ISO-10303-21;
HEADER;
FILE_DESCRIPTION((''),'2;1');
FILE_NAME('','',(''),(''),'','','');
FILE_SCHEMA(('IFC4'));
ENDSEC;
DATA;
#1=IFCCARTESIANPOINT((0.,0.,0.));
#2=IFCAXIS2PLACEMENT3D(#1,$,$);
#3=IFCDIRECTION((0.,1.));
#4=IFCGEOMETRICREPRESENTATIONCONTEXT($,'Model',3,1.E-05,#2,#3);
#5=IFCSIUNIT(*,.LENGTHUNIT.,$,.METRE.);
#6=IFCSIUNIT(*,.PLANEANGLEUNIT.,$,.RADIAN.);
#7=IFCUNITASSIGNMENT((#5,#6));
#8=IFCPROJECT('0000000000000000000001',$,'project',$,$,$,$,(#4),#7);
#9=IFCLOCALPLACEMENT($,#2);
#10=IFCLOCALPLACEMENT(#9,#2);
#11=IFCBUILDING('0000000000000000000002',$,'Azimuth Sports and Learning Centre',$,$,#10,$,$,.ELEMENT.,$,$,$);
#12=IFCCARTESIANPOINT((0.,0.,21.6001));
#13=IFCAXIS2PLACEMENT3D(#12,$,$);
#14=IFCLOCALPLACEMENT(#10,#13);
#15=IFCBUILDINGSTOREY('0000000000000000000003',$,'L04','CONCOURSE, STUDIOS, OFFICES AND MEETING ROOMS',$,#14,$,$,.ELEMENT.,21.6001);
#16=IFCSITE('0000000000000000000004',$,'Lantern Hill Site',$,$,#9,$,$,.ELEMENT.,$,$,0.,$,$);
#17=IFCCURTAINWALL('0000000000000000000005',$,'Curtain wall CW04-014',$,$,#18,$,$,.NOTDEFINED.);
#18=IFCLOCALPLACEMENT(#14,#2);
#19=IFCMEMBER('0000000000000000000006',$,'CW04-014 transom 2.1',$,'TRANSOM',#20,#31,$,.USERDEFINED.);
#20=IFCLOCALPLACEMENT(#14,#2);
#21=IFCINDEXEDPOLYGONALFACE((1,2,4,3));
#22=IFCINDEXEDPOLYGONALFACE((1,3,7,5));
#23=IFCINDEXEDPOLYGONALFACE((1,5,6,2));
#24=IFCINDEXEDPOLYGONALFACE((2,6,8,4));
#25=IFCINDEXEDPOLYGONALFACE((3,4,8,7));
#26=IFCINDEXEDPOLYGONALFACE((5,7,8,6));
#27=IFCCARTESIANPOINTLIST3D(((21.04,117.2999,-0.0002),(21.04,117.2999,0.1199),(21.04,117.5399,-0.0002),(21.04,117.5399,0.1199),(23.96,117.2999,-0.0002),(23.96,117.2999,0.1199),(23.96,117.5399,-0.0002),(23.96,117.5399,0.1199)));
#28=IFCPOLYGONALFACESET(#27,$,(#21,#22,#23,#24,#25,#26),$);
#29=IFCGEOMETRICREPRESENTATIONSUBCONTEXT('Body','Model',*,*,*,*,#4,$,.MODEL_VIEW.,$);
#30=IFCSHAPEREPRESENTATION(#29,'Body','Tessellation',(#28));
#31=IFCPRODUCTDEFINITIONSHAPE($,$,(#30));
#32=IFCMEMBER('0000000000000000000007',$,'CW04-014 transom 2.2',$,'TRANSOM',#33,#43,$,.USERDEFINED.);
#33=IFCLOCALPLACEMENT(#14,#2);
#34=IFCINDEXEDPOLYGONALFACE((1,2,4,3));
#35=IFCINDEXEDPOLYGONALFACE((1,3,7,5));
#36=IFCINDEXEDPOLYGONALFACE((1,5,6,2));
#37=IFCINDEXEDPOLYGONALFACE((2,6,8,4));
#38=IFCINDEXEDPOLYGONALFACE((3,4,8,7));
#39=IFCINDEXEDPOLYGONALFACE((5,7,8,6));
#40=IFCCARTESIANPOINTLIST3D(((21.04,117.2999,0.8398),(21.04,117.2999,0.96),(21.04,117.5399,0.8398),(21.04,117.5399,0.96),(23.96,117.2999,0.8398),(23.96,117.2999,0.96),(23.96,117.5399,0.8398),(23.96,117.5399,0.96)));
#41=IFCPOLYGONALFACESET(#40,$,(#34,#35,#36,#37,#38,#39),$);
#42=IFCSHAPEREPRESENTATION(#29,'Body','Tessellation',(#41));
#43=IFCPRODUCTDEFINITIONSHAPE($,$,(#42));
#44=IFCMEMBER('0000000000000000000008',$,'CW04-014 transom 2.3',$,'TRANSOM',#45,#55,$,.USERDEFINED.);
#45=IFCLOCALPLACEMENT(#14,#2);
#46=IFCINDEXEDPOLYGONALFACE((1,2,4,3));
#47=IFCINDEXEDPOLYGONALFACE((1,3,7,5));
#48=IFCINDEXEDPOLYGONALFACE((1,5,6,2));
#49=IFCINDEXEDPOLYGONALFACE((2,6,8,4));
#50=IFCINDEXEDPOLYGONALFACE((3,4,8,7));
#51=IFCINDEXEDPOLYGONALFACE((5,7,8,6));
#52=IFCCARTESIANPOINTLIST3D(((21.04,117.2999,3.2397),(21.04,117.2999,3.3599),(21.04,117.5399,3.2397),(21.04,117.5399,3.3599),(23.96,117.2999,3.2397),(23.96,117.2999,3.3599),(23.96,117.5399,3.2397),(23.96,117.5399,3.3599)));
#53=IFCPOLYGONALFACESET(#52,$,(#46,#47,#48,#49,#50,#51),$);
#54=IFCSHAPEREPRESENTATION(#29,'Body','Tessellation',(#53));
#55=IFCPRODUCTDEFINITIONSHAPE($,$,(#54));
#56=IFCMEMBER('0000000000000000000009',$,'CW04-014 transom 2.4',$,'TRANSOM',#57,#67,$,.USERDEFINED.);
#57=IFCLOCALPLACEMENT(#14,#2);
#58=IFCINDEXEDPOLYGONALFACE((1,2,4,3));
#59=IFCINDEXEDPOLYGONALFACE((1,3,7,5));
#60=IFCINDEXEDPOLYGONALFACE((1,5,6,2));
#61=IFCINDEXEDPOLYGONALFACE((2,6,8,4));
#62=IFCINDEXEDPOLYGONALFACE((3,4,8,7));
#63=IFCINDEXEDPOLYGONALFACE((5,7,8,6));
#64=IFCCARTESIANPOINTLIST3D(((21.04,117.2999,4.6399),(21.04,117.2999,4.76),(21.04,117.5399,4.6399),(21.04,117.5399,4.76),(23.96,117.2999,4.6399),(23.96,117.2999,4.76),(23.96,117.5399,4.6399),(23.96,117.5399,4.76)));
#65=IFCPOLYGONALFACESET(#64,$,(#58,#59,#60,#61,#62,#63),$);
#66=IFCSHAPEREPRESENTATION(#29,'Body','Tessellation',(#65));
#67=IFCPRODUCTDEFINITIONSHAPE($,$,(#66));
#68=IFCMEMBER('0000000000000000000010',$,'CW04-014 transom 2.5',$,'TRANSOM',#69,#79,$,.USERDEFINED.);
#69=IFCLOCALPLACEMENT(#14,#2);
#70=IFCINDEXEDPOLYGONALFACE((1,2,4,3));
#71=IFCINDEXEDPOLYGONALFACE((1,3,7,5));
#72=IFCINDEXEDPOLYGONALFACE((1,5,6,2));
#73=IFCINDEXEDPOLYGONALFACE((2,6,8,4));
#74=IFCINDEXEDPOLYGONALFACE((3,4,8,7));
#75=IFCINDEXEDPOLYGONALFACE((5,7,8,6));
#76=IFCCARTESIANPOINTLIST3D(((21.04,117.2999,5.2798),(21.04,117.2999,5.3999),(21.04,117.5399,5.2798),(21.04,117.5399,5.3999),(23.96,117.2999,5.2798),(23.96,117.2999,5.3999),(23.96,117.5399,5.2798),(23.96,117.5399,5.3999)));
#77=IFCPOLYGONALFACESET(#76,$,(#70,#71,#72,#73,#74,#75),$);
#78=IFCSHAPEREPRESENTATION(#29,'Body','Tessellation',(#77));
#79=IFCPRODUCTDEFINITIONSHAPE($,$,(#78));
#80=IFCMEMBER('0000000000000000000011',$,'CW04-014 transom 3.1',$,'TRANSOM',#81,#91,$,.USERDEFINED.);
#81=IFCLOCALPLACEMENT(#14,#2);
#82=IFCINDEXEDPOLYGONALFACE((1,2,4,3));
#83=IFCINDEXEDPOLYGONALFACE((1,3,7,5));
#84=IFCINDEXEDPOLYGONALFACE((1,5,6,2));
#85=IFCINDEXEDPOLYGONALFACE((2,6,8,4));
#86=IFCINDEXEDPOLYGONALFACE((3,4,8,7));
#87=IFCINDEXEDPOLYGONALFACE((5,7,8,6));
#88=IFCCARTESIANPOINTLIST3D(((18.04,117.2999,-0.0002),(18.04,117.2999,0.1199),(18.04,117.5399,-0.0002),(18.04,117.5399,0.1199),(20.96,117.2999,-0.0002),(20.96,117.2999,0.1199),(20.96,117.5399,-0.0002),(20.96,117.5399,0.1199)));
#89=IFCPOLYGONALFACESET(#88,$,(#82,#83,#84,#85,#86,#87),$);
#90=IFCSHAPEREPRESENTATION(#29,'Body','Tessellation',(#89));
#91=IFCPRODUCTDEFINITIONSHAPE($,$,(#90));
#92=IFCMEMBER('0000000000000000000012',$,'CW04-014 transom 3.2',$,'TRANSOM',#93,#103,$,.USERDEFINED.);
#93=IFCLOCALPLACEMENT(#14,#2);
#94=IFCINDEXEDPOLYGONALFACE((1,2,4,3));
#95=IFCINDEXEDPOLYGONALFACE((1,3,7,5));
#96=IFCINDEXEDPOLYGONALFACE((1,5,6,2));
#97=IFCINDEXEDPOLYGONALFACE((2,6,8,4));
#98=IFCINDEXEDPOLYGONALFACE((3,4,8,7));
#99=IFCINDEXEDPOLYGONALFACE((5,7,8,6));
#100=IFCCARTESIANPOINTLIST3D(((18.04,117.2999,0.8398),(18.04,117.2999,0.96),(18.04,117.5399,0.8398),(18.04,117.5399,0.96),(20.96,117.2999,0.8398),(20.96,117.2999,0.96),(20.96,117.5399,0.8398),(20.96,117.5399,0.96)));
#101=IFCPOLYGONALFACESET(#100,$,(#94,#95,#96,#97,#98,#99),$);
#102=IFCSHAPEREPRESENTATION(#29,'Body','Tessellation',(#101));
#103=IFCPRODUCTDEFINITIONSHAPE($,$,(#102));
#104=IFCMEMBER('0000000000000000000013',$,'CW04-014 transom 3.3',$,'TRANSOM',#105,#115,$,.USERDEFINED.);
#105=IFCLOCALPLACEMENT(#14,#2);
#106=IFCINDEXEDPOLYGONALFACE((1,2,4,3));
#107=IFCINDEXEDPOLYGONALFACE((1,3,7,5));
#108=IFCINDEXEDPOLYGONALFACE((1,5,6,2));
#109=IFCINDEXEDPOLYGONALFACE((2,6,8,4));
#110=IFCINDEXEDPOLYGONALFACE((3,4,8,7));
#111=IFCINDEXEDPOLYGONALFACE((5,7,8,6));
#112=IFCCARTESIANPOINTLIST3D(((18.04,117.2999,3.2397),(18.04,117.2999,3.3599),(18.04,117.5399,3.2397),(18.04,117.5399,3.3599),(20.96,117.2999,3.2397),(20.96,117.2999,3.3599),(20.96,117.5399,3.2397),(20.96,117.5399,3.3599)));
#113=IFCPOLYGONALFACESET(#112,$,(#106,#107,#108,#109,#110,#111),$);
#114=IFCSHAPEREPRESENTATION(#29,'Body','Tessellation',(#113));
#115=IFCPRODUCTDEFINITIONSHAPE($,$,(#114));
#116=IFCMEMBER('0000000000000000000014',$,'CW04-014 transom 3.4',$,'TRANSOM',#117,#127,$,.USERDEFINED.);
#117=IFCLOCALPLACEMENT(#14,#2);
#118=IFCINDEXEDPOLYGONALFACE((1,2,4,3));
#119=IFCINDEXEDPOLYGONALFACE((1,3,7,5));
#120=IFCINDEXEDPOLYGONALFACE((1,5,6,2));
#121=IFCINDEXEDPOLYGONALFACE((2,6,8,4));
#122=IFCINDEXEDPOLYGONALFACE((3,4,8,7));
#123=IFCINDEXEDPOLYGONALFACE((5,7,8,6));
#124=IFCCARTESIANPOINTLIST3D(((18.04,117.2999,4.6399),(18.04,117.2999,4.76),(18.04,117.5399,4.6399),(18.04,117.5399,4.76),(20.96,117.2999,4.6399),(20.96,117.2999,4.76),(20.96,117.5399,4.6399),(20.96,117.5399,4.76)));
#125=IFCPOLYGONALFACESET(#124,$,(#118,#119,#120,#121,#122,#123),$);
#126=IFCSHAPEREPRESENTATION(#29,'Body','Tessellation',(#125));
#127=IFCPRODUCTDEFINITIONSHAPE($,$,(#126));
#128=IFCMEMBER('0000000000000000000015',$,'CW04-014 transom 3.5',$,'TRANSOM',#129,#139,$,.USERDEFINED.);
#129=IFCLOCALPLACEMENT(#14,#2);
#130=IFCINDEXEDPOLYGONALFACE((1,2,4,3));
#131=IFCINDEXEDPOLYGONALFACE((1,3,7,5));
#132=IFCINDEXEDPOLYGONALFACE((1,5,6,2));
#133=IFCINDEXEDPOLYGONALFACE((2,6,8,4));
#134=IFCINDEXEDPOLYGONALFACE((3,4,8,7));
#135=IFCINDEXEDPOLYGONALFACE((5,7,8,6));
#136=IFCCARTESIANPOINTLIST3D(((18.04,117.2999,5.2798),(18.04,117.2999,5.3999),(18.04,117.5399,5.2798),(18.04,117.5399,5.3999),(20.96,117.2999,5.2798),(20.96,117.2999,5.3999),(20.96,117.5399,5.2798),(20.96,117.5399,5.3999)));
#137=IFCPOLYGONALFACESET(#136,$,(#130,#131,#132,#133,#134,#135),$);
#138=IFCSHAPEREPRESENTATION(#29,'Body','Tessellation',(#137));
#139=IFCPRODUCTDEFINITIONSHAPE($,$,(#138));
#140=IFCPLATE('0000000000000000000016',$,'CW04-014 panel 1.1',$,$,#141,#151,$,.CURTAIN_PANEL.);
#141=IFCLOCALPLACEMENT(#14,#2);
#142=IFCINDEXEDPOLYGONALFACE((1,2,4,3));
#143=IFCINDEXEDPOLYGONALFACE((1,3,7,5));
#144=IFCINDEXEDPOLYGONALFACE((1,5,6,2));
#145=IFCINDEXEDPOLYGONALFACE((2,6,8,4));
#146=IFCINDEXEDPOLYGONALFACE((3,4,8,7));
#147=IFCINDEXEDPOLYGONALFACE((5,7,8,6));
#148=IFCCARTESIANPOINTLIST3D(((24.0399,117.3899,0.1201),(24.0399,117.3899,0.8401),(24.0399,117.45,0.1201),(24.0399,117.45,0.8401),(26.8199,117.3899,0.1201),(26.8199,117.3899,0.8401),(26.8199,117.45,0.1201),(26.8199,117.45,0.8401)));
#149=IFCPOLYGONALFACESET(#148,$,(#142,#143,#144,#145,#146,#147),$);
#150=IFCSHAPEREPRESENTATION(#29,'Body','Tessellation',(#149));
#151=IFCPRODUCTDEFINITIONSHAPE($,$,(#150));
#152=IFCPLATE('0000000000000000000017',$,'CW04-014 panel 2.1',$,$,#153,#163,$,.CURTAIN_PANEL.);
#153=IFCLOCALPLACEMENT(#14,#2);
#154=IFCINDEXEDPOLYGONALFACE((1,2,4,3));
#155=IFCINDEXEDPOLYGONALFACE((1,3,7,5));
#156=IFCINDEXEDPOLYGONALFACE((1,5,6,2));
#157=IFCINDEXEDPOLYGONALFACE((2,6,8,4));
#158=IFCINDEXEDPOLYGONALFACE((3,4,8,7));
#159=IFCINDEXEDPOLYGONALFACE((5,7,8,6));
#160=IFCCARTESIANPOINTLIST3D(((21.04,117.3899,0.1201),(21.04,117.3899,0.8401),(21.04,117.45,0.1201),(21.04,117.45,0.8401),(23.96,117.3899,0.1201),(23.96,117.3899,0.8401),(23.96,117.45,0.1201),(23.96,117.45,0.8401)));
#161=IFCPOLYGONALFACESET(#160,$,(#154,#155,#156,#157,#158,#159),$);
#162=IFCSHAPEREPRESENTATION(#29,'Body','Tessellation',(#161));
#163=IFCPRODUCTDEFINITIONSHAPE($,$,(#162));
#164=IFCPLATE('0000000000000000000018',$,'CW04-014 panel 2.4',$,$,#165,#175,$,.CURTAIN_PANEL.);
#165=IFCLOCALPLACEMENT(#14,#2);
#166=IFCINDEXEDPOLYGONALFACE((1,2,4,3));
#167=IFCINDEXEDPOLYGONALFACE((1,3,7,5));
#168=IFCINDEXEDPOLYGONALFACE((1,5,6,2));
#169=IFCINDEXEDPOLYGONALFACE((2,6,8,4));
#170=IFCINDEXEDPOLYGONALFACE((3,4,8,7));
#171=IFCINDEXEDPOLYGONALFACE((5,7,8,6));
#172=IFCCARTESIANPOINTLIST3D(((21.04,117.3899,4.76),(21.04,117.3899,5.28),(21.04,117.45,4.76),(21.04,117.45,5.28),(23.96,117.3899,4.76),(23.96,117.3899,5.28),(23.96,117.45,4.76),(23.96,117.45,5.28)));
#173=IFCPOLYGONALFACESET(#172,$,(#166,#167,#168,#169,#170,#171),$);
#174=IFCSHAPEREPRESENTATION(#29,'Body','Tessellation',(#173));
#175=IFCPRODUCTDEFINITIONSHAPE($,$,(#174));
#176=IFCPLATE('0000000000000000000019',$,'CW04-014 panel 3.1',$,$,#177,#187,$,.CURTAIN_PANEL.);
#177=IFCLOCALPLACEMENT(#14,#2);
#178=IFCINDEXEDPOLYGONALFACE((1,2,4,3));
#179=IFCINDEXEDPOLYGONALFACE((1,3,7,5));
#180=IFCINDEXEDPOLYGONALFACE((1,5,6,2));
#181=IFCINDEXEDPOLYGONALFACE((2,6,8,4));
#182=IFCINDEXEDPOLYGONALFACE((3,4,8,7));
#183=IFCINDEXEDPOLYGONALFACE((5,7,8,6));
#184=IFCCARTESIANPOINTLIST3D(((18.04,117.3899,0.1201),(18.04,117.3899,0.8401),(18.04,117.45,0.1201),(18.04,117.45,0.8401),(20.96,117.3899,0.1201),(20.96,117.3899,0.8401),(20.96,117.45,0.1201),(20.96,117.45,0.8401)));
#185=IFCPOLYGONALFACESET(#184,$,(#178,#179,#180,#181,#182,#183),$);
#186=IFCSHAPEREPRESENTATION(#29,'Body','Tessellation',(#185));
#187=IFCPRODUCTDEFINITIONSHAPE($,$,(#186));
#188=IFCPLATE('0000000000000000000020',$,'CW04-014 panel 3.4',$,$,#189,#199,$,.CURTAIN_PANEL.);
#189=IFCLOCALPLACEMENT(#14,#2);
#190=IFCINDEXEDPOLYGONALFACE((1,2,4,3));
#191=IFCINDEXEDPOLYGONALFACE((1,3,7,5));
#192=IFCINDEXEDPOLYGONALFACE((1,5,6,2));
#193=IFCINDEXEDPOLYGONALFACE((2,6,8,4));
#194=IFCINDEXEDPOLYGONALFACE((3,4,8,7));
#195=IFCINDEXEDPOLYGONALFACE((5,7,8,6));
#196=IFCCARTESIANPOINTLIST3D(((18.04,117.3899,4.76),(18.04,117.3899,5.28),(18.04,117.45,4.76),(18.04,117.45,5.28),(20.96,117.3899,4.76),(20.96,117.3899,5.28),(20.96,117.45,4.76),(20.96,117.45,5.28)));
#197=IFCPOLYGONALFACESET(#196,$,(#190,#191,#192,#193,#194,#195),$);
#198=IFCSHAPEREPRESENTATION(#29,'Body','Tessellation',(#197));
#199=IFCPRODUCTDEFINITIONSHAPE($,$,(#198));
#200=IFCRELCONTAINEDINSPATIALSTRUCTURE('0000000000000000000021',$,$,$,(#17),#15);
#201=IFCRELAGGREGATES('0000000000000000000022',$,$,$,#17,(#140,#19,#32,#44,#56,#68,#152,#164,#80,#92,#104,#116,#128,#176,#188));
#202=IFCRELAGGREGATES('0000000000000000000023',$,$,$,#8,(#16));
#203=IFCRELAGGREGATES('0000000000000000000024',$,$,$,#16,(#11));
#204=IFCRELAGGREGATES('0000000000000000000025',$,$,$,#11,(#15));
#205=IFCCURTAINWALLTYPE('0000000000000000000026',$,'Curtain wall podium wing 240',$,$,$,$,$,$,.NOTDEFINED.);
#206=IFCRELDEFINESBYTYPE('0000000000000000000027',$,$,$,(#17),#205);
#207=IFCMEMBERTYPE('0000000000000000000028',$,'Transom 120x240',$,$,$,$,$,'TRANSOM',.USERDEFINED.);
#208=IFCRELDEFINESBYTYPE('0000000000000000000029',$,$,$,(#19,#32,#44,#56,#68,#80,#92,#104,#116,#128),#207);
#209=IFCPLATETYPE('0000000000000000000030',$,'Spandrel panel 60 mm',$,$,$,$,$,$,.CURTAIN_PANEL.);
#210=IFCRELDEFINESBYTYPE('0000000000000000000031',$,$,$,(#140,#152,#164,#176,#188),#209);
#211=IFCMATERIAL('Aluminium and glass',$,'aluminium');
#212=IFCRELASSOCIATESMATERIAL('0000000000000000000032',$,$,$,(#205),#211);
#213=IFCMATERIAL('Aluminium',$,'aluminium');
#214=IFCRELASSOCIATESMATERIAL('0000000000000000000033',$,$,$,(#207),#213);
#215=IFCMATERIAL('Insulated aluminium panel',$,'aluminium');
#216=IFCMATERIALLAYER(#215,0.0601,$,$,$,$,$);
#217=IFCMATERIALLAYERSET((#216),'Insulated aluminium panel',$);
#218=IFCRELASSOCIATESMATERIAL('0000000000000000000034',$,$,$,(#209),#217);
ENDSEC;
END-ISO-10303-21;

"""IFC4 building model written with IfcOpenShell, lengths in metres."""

from ifc_helpers import new_model, si_unit, direction, frame, origin, origin_2d, place, context, subcontext, project, spatial, rectangle, extrude, material, layer, layer_set, material_profile, profile_set, type_object, element, aggregate, save


model = new_model("IFC4")

# Units and contexts
model_context = context("Model", 3, precision=1e-05, world=origin(), true_north=direction((0.0, 1.0)))
body_context = subcontext(model_context, "Body", "Model", "MODEL_VIEW")
ifc_project = project(units=[si_unit("LENGTHUNIT", "METRE"), si_unit("PLANEANGLEUNIT", "RADIAN")], contexts=[model_context])

# Site, building, storey
site_placement = place(None, origin())
site = spatial("IfcSite", under=ifc_project, at=site_placement, Name="Lantern Hill Site", CompositionType="ELEMENT", RefElevation=0.0)
building_placement = place(site_placement, origin())
building = spatial("IfcBuilding", under=site, at=building_placement, Name="Azimuth Sports and Learning Centre", CompositionType="ELEMENT")
storey_placement = place(building_placement, frame((0.0, 0.0, 21.6001)))
storey = spatial("IfcBuildingStorey", under=building, at=storey_placement, Name="L04", Description="CONCOURSE, STUDIOS, OFFICES AND MEETING ROOMS", CompositionType="ELEMENT", Elevation=21.6001)

# Curtain wall, members, plates
ifc_material_1 = material(Name="Aluminium and glass", Category="aluminium")
curtain_wall_type = type_object("IfcCurtainWallType", Name="Curtain wall podium wing 240", PredefinedType="NOTDEFINED", material=ifc_material_1)
curtain_wall_placement = place(storey_placement, origin())
curtain_wall = element("IfcCurtainWall", 1, at=curtain_wall_placement, inside=storey, type_object=curtain_wall_type, Name="Curtain wall CW04-014", PredefinedType="NOTDEFINED")
ifc_material_2 = material(Name="Aluminium", Category="aluminium")
ifc_material_profile_1 = material_profile(ifc_material_2, rectangle(XDim=0.24, YDim=0.1201, at=origin_2d()), Name="Transom 120x240")
ifc_profile_set_1 = profile_set([ifc_material_profile_1], Name="Aluminium")
member_type_1 = type_object("IfcMemberType", Name="Transom 120x240", ElementType="TRANSOM", PredefinedType="USERDEFINED", material=ifc_profile_set_1)
member_1_placement = place(storey_placement, frame((23.96, 117.4199, 0.0598), z_axis=(-1.0, 0.0, 0.0), x_axis=(0.0, -1.0, 0.0)))
member_1 = element("IfcMember", 2, at=member_1_placement, type_object=member_type_1, Name="CW04-014 transom 2.1", ObjectType="TRANSOM", PredefinedType="USERDEFINED", context=body_context, shape_type="SweptSolid", body=[
    extrude(rectangle(XDim=0.24, YDim=0.1201, at=origin_2d()), origin(), (0.0, 0.0, 1.0), 2.9199),
])
member_2_placement = place(storey_placement, frame((23.96, 117.4199, 0.8999), z_axis=(-1.0, 0.0, 0.0), x_axis=(0.0, -1.0, 0.0)))
member_2 = element("IfcMember", 3, at=member_2_placement, type_object=member_type_1, Name="CW04-014 transom 2.2", ObjectType="TRANSOM", PredefinedType="USERDEFINED", context=body_context, shape_type="SweptSolid", body=[
    extrude(rectangle(XDim=0.24, YDim=0.1201, at=origin_2d()), origin(), (0.0, 0.0, 1.0), 2.9199),
])
member_3_placement = place(storey_placement, frame((23.96, 117.4199, 3.2998), z_axis=(-1.0, 0.0, 0.0), x_axis=(0.0, -1.0, 0.0)))
member_3 = element("IfcMember", 4, at=member_3_placement, type_object=member_type_1, Name="CW04-014 transom 2.3", ObjectType="TRANSOM", PredefinedType="USERDEFINED", context=body_context, shape_type="SweptSolid", body=[
    extrude(rectangle(XDim=0.24, YDim=0.1201, at=origin_2d()), origin(), (0.0, 0.0, 1.0), 2.9199),
])
member_4_placement = place(storey_placement, frame((23.96, 117.4199, 4.7), z_axis=(-1.0, 0.0, 0.0), x_axis=(0.0, -1.0, 0.0)))
member_4 = element("IfcMember", 5, at=member_4_placement, type_object=member_type_1, Name="CW04-014 transom 2.4", ObjectType="TRANSOM", PredefinedType="USERDEFINED", context=body_context, shape_type="SweptSolid", body=[
    extrude(rectangle(XDim=0.24, YDim=0.1201, at=origin_2d()), origin(), (0.0, 0.0, 1.0), 2.9199),
])
member_5_placement = place(storey_placement, frame((23.96, 117.4199, 5.3398), z_axis=(-1.0, 0.0, 0.0), x_axis=(0.0, -1.0, 0.0)))
member_5 = element("IfcMember", 6, at=member_5_placement, type_object=member_type_1, Name="CW04-014 transom 2.5", ObjectType="TRANSOM", PredefinedType="USERDEFINED", context=body_context, shape_type="SweptSolid", body=[
    extrude(rectangle(XDim=0.24, YDim=0.1201, at=origin_2d()), origin(), (0.0, 0.0, 1.0), 2.9199),
])
member_6_placement = place(storey_placement, frame((20.96, 117.4199, 0.0598), z_axis=(-1.0, 0.0, 0.0), x_axis=(0.0, -1.0, 0.0)))
member_6 = element("IfcMember", 7, at=member_6_placement, type_object=member_type_1, Name="CW04-014 transom 3.1", ObjectType="TRANSOM", PredefinedType="USERDEFINED", context=body_context, shape_type="SweptSolid", body=[
    extrude(rectangle(XDim=0.24, YDim=0.1201, at=origin_2d()), origin(), (0.0, 0.0, 1.0), 2.9199),
])
member_7_placement = place(storey_placement, frame((20.96, 117.4199, 0.8999), z_axis=(-1.0, 0.0, 0.0), x_axis=(0.0, -1.0, 0.0)))
member_7 = element("IfcMember", 8, at=member_7_placement, type_object=member_type_1, Name="CW04-014 transom 3.2", ObjectType="TRANSOM", PredefinedType="USERDEFINED", context=body_context, shape_type="SweptSolid", body=[
    extrude(rectangle(XDim=0.24, YDim=0.1201, at=origin_2d()), origin(), (0.0, 0.0, 1.0), 2.9199),
])
member_8_placement = place(storey_placement, frame((20.96, 117.4199, 3.2998), z_axis=(-1.0, 0.0, 0.0), x_axis=(0.0, -1.0, 0.0)))
member_8 = element("IfcMember", 9, at=member_8_placement, type_object=member_type_1, Name="CW04-014 transom 3.3", ObjectType="TRANSOM", PredefinedType="USERDEFINED", context=body_context, shape_type="SweptSolid", body=[
    extrude(rectangle(XDim=0.24, YDim=0.1201, at=origin_2d()), origin(), (0.0, 0.0, 1.0), 2.9199),
])
member_9_placement = place(storey_placement, frame((20.96, 117.4199, 4.7), z_axis=(-1.0, 0.0, 0.0), x_axis=(0.0, -1.0, 0.0)))
member_9 = element("IfcMember", 10, at=member_9_placement, type_object=member_type_1, Name="CW04-014 transom 3.4", ObjectType="TRANSOM", PredefinedType="USERDEFINED", context=body_context, shape_type="SweptSolid", body=[
    extrude(rectangle(XDim=0.24, YDim=0.1201, at=origin_2d()), origin(), (0.0, 0.0, 1.0), 2.9199),
])
member_10_placement = place(storey_placement, frame((20.96, 117.4199, 5.3398), z_axis=(-1.0, 0.0, 0.0), x_axis=(0.0, -1.0, 0.0)))
member_10 = element("IfcMember", 11, at=member_10_placement, type_object=member_type_1, Name="CW04-014 transom 3.5", ObjectType="TRANSOM", PredefinedType="USERDEFINED", context=body_context, shape_type="SweptSolid", body=[
    extrude(rectangle(XDim=0.24, YDim=0.1201, at=origin_2d()), origin(), (0.0, 0.0, 1.0), 2.9199),
])
ifc_material_3 = material(Name="Insulated aluminium panel", Category="aluminium")
ifc_layer_1 = layer(ifc_material_3, 0.0601)
ifc_layer_set_1 = layer_set([ifc_layer_1], Name="Insulated aluminium panel")
plate_type_1 = type_object("IfcPlateType", Name="Spandrel panel 60 mm", PredefinedType="CURTAIN_PANEL", material=ifc_layer_set_1)
plate_1_placement = place(storey_placement, frame((25.4299, 117.4199, 0.1201), z_axis=(0.0, 0.0, 1.0), x_axis=(-1.0, 0.0, 0.0)))
plate_1 = element("IfcPlate", 12, at=plate_1_placement, type_object=plate_type_1, Name="CW04-014 panel 1.1", PredefinedType="CURTAIN_PANEL", context=body_context, shape_type="SweptSolid", body=[
    extrude(rectangle(XDim=2.78, YDim=0.0601, at=origin_2d()), origin(), (0.0, 0.0, 1.0), 0.72),
])
plate_2_placement = place(storey_placement, frame((22.5, 117.4199, 0.1201), z_axis=(0.0, 0.0, 1.0), x_axis=(-1.0, 0.0, 0.0)))
plate_2 = element("IfcPlate", 13, at=plate_2_placement, type_object=plate_type_1, Name="CW04-014 panel 2.1", PredefinedType="CURTAIN_PANEL", context=body_context, shape_type="SweptSolid", body=[
    extrude(rectangle(XDim=2.9199, YDim=0.0601, at=origin_2d()), origin(), (0.0, 0.0, 1.0), 0.72),
])
plate_3_placement = place(storey_placement, frame((22.5, 117.4199, 4.76), z_axis=(0.0, 0.0, 1.0), x_axis=(-1.0, 0.0, 0.0)))
plate_3 = element("IfcPlate", 14, at=plate_3_placement, type_object=plate_type_1, Name="CW04-014 panel 2.4", PredefinedType="CURTAIN_PANEL", context=body_context, shape_type="SweptSolid", body=[
    extrude(rectangle(XDim=2.9199, YDim=0.0601, at=origin_2d()), origin(), (0.0, 0.0, 1.0), 0.52),
])
plate_4_placement = place(storey_placement, frame((19.5, 117.4199, 0.1201), z_axis=(0.0, 0.0, 1.0), x_axis=(-1.0, 0.0, 0.0)))
plate_4 = element("IfcPlate", 15, at=plate_4_placement, type_object=plate_type_1, Name="CW04-014 panel 3.1", PredefinedType="CURTAIN_PANEL", context=body_context, shape_type="SweptSolid", body=[
    extrude(rectangle(XDim=2.9199, YDim=0.0601, at=origin_2d()), origin(), (0.0, 0.0, 1.0), 0.72),
])
plate_5_placement = place(storey_placement, frame((19.5, 117.4199, 4.76), z_axis=(0.0, 0.0, 1.0), x_axis=(-1.0, 0.0, 0.0)))
plate_5 = element("IfcPlate", 16, at=plate_5_placement, type_object=plate_type_1, Name="CW04-014 panel 3.4", PredefinedType="CURTAIN_PANEL", context=body_context, shape_type="SweptSolid", body=[
    extrude(rectangle(XDim=2.9199, YDim=0.0601, at=origin_2d()), origin(), (0.0, 0.0, 1.0), 0.52),
])
aggregate(curtain_wall, [plate_1, member_1, member_2, member_3, member_4, member_5, plate_2, plate_3, member_6, member_7, member_8, member_9, member_10, plate_4, plate_5])

save(model, "model.ifc")
